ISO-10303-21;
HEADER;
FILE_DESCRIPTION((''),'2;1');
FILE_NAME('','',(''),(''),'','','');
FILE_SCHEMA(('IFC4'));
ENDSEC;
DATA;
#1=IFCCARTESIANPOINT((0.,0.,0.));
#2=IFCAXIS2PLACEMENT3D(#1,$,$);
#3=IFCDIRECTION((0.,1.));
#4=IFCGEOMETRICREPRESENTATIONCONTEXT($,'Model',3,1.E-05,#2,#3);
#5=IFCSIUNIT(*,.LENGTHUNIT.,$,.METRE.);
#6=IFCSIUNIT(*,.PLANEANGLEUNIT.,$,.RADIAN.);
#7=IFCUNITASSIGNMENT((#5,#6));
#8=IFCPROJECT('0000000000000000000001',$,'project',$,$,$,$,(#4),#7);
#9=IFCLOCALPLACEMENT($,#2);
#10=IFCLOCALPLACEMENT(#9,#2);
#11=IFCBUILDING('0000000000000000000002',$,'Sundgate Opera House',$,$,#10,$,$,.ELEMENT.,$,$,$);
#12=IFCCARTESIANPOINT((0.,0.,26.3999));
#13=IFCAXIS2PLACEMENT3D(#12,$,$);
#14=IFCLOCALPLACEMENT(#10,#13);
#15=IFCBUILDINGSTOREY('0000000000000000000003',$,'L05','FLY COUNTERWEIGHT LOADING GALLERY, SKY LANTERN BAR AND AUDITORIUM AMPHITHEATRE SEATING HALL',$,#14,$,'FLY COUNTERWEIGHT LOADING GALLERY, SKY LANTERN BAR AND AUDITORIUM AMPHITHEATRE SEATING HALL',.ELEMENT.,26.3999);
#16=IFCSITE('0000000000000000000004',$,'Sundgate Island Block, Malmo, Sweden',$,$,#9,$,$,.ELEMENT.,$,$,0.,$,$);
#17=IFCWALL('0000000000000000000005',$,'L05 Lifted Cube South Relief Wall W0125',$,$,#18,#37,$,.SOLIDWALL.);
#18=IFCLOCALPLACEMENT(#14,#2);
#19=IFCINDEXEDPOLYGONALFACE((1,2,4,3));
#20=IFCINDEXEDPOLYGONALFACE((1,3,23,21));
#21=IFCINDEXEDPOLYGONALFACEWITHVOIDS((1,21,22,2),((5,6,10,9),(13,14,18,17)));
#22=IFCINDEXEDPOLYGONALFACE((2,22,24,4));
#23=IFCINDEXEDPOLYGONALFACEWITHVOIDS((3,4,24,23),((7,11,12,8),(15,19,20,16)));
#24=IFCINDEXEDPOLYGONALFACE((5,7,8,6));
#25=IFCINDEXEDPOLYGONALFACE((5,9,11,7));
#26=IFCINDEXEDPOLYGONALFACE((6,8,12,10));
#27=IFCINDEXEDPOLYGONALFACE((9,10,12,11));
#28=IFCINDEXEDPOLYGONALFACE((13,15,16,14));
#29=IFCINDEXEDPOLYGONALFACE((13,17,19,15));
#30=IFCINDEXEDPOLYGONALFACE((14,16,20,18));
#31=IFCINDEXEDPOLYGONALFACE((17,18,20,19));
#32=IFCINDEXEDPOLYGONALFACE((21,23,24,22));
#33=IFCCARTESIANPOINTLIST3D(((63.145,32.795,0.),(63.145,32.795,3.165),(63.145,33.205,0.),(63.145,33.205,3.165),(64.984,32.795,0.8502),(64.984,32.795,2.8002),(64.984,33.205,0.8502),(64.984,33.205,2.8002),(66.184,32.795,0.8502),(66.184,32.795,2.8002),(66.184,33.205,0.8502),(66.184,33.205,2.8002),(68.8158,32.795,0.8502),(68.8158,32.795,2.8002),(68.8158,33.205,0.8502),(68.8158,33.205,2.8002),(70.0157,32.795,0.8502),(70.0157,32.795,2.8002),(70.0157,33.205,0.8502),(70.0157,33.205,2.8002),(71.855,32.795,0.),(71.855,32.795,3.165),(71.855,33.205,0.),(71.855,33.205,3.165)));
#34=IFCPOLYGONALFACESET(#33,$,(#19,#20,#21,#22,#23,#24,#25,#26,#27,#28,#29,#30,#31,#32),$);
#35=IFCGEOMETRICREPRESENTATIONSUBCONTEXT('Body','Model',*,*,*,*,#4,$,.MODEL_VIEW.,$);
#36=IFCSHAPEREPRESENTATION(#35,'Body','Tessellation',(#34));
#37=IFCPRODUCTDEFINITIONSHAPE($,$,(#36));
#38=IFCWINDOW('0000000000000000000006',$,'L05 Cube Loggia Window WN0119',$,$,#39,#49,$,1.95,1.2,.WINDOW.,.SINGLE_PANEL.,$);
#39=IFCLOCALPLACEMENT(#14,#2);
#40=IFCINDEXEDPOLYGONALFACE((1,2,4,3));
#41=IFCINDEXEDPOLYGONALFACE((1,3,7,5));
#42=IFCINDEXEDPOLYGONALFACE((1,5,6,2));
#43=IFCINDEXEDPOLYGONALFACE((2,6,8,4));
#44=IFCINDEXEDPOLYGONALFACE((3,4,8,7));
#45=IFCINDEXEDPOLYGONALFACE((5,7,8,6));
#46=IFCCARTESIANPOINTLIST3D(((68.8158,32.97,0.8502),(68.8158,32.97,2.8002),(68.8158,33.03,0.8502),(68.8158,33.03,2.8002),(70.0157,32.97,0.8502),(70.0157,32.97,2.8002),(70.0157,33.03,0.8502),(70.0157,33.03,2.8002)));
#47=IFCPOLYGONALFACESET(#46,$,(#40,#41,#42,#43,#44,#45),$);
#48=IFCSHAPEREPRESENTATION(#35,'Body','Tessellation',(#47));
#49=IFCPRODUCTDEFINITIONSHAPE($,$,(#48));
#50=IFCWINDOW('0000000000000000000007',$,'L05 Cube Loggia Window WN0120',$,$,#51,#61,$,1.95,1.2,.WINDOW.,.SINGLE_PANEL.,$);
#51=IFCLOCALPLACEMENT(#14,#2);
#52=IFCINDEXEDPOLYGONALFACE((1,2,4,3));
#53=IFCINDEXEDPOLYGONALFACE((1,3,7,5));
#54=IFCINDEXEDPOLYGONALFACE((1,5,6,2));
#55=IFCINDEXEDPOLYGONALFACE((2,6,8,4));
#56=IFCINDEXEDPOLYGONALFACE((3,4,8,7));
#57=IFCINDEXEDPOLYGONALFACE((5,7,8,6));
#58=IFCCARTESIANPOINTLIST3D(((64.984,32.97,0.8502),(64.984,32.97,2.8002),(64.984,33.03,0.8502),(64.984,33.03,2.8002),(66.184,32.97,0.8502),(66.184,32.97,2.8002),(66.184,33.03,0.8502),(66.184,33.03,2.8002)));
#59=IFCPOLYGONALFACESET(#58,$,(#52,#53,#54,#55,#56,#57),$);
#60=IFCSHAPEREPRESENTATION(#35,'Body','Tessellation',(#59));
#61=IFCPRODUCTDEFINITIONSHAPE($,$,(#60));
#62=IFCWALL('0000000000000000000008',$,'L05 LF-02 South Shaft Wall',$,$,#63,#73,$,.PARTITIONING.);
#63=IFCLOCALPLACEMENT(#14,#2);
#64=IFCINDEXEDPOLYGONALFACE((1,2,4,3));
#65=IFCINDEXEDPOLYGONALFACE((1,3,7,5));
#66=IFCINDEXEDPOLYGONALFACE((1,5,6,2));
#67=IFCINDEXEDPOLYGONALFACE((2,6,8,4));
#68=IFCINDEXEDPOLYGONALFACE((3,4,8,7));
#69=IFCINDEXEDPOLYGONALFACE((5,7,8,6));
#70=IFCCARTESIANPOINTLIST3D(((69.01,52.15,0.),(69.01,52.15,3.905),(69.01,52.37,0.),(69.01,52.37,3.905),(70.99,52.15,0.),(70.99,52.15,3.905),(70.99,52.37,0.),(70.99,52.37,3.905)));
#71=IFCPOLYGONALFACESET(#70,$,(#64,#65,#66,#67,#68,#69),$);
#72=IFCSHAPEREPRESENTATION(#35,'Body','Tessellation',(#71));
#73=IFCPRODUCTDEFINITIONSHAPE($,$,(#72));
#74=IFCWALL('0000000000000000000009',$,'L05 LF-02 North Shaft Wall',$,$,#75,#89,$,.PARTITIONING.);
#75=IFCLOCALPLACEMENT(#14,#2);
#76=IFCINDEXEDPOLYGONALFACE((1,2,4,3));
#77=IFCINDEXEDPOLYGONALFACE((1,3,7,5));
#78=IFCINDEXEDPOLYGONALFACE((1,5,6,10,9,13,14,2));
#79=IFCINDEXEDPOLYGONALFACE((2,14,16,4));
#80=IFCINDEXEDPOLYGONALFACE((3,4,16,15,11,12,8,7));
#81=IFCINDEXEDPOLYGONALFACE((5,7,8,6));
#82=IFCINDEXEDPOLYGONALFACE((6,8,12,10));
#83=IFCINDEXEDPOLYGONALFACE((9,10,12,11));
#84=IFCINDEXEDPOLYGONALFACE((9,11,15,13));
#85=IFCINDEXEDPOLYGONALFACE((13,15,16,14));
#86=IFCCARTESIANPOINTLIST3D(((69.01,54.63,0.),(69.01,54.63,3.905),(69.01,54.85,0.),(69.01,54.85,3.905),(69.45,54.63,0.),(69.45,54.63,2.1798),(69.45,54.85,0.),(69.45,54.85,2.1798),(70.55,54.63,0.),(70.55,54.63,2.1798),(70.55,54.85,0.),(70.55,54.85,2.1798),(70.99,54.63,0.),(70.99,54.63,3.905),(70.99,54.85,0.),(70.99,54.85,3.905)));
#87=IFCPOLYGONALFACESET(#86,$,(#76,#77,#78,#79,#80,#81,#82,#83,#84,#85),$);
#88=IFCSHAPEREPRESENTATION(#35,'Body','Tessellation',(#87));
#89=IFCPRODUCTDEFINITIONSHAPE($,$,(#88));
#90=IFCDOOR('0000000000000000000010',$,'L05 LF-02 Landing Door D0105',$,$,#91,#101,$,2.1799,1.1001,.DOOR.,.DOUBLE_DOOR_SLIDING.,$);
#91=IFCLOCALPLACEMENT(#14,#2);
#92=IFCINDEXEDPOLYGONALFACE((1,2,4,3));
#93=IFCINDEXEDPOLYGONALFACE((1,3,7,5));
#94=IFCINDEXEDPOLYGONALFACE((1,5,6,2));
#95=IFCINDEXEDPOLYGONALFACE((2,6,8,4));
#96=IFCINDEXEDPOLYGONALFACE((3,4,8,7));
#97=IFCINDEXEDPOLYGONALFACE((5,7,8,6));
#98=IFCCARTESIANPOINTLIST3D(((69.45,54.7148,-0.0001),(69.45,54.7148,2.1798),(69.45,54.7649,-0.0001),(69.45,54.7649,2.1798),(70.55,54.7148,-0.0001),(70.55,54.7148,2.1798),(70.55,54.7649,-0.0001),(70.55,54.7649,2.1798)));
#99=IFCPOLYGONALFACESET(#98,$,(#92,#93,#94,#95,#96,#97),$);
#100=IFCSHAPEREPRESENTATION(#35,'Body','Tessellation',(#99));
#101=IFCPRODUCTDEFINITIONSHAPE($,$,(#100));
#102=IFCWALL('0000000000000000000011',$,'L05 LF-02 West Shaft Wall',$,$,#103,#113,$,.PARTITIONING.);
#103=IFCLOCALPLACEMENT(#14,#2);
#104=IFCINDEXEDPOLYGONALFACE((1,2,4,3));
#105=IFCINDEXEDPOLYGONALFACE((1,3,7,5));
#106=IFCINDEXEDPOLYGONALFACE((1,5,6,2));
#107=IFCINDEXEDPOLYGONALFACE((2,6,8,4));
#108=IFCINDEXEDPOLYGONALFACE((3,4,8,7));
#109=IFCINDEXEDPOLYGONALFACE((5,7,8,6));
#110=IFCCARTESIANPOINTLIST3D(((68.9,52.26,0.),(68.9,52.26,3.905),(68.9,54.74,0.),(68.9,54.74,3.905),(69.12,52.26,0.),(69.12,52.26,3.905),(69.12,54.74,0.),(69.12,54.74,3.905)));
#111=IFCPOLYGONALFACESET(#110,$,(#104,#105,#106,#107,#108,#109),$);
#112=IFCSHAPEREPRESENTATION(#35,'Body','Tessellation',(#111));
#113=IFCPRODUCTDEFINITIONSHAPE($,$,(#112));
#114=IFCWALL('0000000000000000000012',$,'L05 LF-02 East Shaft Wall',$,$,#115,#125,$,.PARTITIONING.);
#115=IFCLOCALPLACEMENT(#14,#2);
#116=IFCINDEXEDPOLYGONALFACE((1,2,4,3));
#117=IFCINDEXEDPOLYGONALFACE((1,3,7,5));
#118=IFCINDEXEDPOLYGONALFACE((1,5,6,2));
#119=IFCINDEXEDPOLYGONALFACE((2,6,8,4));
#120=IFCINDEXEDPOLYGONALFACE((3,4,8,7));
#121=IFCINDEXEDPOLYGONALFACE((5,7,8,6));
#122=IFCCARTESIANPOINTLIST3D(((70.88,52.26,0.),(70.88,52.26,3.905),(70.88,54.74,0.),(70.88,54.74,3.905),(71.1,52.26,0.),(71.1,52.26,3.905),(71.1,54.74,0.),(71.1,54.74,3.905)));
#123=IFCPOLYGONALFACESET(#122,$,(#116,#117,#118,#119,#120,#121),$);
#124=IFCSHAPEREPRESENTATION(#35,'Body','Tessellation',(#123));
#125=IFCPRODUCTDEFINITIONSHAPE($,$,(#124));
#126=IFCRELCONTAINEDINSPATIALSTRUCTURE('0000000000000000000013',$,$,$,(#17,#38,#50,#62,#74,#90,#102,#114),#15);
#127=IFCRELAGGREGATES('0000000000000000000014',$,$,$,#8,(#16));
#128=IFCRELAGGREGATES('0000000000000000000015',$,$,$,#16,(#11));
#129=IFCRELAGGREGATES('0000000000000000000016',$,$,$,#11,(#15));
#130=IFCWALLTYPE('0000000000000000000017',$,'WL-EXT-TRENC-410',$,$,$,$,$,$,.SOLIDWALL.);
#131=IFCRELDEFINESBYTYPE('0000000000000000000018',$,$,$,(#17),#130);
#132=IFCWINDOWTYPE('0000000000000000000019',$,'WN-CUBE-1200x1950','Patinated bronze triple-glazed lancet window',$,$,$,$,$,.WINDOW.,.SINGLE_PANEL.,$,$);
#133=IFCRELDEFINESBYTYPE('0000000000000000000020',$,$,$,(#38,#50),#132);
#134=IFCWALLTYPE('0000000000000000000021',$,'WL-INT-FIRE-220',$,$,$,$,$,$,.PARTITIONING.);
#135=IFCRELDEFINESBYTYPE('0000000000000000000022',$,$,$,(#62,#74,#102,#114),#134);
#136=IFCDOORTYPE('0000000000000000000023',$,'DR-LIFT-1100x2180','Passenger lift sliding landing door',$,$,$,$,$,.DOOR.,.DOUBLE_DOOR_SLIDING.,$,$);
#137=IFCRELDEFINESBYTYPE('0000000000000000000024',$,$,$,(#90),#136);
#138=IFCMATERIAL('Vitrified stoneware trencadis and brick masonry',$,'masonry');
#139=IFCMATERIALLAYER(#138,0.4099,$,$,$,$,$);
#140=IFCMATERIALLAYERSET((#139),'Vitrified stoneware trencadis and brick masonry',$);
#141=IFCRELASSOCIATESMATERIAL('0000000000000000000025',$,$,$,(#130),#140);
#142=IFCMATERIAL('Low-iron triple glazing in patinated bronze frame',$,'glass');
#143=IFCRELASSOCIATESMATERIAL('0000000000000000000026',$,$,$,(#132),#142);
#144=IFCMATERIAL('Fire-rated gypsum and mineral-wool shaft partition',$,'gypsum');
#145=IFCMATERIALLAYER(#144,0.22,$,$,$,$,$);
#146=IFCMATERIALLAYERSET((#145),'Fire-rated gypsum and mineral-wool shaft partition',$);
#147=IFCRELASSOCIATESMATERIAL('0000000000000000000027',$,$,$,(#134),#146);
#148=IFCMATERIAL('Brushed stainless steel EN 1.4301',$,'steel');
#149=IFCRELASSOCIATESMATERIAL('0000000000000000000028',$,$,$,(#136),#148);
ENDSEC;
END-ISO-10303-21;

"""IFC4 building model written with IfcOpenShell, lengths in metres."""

from ifc_helpers import new_model, si_unit, direction, frame, frame_2d, origin, place, context, subcontext, project, spatial, rectangle, extrude, material, layer, layer_set, type_object, element, fill, save


model = new_model("IFC4")

# Units and contexts
model_context = context("Model", 3, precision=1e-05, world=origin(), true_north=direction((0.0, 1.0)))
body_context = subcontext(model_context, "Body", "Model", "MODEL_VIEW")
ifc_project = project(units=[si_unit("LENGTHUNIT", "METRE"), si_unit("PLANEANGLEUNIT", "RADIAN")], contexts=[model_context])

# Site, building, storey
site_placement = place(None, origin())
site = spatial("IfcSite", under=ifc_project, at=site_placement, Name="Sundgate Island Block, Malmo, Sweden", CompositionType="ELEMENT", RefElevation=0.0)
building_placement = place(site_placement, origin())
building = spatial("IfcBuilding", under=site, at=building_placement, Name="Sundgate Opera House", CompositionType="ELEMENT")
storey_placement = place(building_placement, frame((0.0, 0.0, 26.3999)))
storey = spatial("IfcBuildingStorey", under=building, at=storey_placement, Name="L05", Description="FLY COUNTERWEIGHT LOADING GALLERY, SKY LANTERN BAR AND AUDITORIUM AMPHITHEATRE SEATING HALL", LongName="FLY COUNTERWEIGHT LOADING GALLERY, SKY LANTERN BAR AND AUDITORIUM AMPHITHEATRE SEATING HALL", CompositionType="ELEMENT", Elevation=26.3999)

# Wall, openings, windows
ifc_material_1 = material(Name="Vitrified stoneware trencadis and brick masonry", Category="masonry")
ifc_layer_1 = layer(ifc_material_1, 0.4099)
ifc_layer_set_1 = layer_set([ifc_layer_1], Name="Vitrified stoneware trencadis and brick masonry")
wall_type_1 = type_object("IfcWallType", Name="WL-EXT-TRENC-410", PredefinedType="SOLIDWALL", material=ifc_layer_set_1)
wall_1_placement = place(storey_placement, frame((71.855, 33.0, 0.0), z_axis=(0.0, 0.0, 1.0), x_axis=(-1.0, 0.0, 0.0)))
wall_1 = element("IfcWall", 1, at=wall_1_placement, inside=storey, type_object=wall_type_1, Name="L05 Lifted Cube South Relief Wall W0125", PredefinedType="SOLIDWALL", context=body_context, shape_type="SweptSolid", body=[
    extrude(rectangle(XDim=8.71, YDim=0.4099, at=frame_2d((4.355, 0.0))), origin(), (0.0, 0.0, 1.0), 3.165),
])
opening_1_placement = place(wall_1_placement, frame((1.8391, 0.0, 0.8501)))
opening_1 = element("IfcOpeningElement", 2, at=opening_1_placement, cuts=wall_1, PredefinedType="OPENING", context=body_context, shape_type="SweptSolid", body=[
    extrude(rectangle(XDim=1.2, YDim=1.95, at=frame_2d((0.6001, 0.9751))), frame((0.0, 0.2148, 0.0), z_axis=(0.0, -1.0, 0.0), x_axis=(1.0, 0.0, 0.0)), (0.0, 0.0, 1.0), 0.4299),
])
opening_2_placement = place(wall_1_placement, frame((5.6709, 0.0, 0.8501)))
opening_2 = element("IfcOpeningElement", 3, at=opening_2_placement, cuts=wall_1, PredefinedType="OPENING", context=body_context, shape_type="SweptSolid", body=[
    extrude(rectangle(XDim=1.2, YDim=1.95, at=frame_2d((0.6001, 0.9751))), frame((0.0, 0.2148, 0.0), z_axis=(0.0, -1.0, 0.0), x_axis=(1.0, 0.0, 0.0)), (0.0, 0.0, 1.0), 0.4299),
])
ifc_material_2 = material(Name="Low-iron triple glazing in patinated bronze frame", Category="glass")
window_type = type_object("IfcWindowType", Name="WN-CUBE-1200x1950", Description="Patinated bronze triple-glazed lancet window", PartitioningType="SINGLE_PANEL", PredefinedType="WINDOW", material=ifc_material_2)
window_1_placement = place(opening_1_placement, origin())
window_1 = element("IfcWindow", 4, at=window_1_placement, inside=storey, type_object=window_type, Name="L05 Cube Loggia Window WN0119", OverallHeight=1.95, OverallWidth=1.2, PartitioningType="SINGLE_PANEL", PredefinedType="WINDOW", context=body_context, shape_type="SweptSolid", body=[
    extrude(rectangle(XDim=1.2, YDim=1.95, at=frame_2d((0.6001, 0.9751))), frame((0.0, 0.03, 0.0), z_axis=(0.0, -1.0, 0.0), x_axis=(1.0, 0.0, 0.0)), (0.0, 0.0, 1.0), 0.0601),
])
fill(opening_1, window_1)
window_2_placement = place(opening_2_placement, origin())
window_2 = element("IfcWindow", 5, at=window_2_placement, inside=storey, type_object=window_type, Name="L05 Cube Loggia Window WN0120", OverallHeight=1.95, OverallWidth=1.2, PartitioningType="SINGLE_PANEL", PredefinedType="WINDOW", context=body_context, shape_type="SweptSolid", body=[
    extrude(rectangle(XDim=1.2, YDim=1.95, at=frame_2d((0.6001, 0.9751))), frame((0.0, 0.03, 0.0), z_axis=(0.0, -1.0, 0.0), x_axis=(1.0, 0.0, 0.0)), (0.0, 0.0, 1.0), 0.0601),
])
fill(opening_2, window_2)

# Wall
ifc_material_3 = material(Name="Fire-rated gypsum and mineral-wool shaft partition", Category="gypsum")
ifc_layer_2 = layer(ifc_material_3, 0.22)
ifc_layer_set_2 = layer_set([ifc_layer_2], Name="Fire-rated gypsum and mineral-wool shaft partition")
wall_type_2 = type_object("IfcWallType", Name="WL-INT-FIRE-220", PredefinedType="PARTITIONING", material=ifc_layer_set_2)
wall_2_placement = place(storey_placement, frame((69.01, 52.26, 0.0), z_axis=(0.0, 0.0, 1.0), x_axis=(1.0, 0.0, 0.0)))
element("IfcWall", 6, at=wall_2_placement, inside=storey, type_object=wall_type_2, Name="L05 LF-02 South Shaft Wall", PredefinedType="PARTITIONING", context=body_context, shape_type="SweptSolid", body=[
    extrude(rectangle(XDim=1.98, YDim=0.22, at=frame_2d((0.99, 0.0))), origin(), (0.0, 0.0, 1.0), 3.905),
])

# Wall, opening, door
wall_3_placement = place(storey_placement, frame((69.01, 54.74, 0.0), z_axis=(0.0, 0.0, 1.0), x_axis=(1.0, 0.0, 0.0)))
wall_3 = element("IfcWall", 7, at=wall_3_placement, inside=storey, type_object=wall_type_2, Name="L05 LF-02 North Shaft Wall", PredefinedType="PARTITIONING", context=body_context, shape_type="SweptSolid", body=[
    extrude(rectangle(XDim=1.98, YDim=0.22, at=frame_2d((0.99, 0.0))), origin(), (0.0, 0.0, 1.0), 3.905),
])
opening_3_placement = place(wall_3_placement, frame((0.4399, 0.0, 0.0)))
opening_3 = element("IfcOpeningElement", 8, at=opening_3_placement, cuts=wall_3, PredefinedType="OPENING", context=body_context, shape_type="SweptSolid", body=[
    extrude(rectangle(XDim=1.1001, YDim=2.1799, at=frame_2d((0.55, 1.0898))), frame((0.0, 0.1199, 0.0), z_axis=(0.0, -1.0, 0.0), x_axis=(1.0, 0.0, 0.0)), (0.0, 0.0, 1.0), 0.24),
])
ifc_material_4 = material(Name="Brushed stainless steel EN 1.4301", Category="steel")
door_type = type_object("IfcDoorType", Name="DR-LIFT-1100x2180", Description="Passenger lift sliding landing door", OperationType="DOUBLE_DOOR_SLIDING", PredefinedType="DOOR", material=ifc_material_4)
door_placement = place(opening_3_placement, origin())
door = element("IfcDoor", 9, at=door_placement, inside=storey, type_object=door_type, Name="L05 LF-02 Landing Door D0105", OperationType="DOUBLE_DOOR_SLIDING", OverallHeight=2.1799, OverallWidth=1.1001, PredefinedType="DOOR", context=body_context, shape_type="SweptSolid", body=[
    extrude(rectangle(XDim=1.1001, YDim=2.1799, at=frame_2d((0.55, 1.0898))), frame((0.0, 0.0249, 0.0), z_axis=(0.0, -1.0, 0.0), x_axis=(1.0, 0.0, 0.0)), (0.0, 0.0, 1.0), 0.05),
])
fill(opening_3, door)

# Walls
for number, where, z_axis, x_axis, name in (
    (10, (69.01, 52.26, 0.0), (0.0, 0.0, 1.0), (0.0, 1.0, 0.0), "L05 LF-02 West Shaft Wall"),
    (11, (70.99, 52.26, 0.0), (0.0, 0.0, 1.0), (0.0, 1.0, 0.0), "L05 LF-02 East Shaft Wall"),
):
    element("IfcWall", number, at=place(storey_placement, frame(where, z_axis=z_axis, x_axis=x_axis)), inside=storey, type_object=wall_type_2, Name=name, PredefinedType="PARTITIONING", context=body_context, shape_type="SweptSolid", body=[
        extrude(rectangle(XDim=2.48, YDim=0.22, at=frame_2d((1.24, 0.0))), origin(), (0.0, 0.0, 1.0), 3.905),
    ])

save(model, "model.ifc")
